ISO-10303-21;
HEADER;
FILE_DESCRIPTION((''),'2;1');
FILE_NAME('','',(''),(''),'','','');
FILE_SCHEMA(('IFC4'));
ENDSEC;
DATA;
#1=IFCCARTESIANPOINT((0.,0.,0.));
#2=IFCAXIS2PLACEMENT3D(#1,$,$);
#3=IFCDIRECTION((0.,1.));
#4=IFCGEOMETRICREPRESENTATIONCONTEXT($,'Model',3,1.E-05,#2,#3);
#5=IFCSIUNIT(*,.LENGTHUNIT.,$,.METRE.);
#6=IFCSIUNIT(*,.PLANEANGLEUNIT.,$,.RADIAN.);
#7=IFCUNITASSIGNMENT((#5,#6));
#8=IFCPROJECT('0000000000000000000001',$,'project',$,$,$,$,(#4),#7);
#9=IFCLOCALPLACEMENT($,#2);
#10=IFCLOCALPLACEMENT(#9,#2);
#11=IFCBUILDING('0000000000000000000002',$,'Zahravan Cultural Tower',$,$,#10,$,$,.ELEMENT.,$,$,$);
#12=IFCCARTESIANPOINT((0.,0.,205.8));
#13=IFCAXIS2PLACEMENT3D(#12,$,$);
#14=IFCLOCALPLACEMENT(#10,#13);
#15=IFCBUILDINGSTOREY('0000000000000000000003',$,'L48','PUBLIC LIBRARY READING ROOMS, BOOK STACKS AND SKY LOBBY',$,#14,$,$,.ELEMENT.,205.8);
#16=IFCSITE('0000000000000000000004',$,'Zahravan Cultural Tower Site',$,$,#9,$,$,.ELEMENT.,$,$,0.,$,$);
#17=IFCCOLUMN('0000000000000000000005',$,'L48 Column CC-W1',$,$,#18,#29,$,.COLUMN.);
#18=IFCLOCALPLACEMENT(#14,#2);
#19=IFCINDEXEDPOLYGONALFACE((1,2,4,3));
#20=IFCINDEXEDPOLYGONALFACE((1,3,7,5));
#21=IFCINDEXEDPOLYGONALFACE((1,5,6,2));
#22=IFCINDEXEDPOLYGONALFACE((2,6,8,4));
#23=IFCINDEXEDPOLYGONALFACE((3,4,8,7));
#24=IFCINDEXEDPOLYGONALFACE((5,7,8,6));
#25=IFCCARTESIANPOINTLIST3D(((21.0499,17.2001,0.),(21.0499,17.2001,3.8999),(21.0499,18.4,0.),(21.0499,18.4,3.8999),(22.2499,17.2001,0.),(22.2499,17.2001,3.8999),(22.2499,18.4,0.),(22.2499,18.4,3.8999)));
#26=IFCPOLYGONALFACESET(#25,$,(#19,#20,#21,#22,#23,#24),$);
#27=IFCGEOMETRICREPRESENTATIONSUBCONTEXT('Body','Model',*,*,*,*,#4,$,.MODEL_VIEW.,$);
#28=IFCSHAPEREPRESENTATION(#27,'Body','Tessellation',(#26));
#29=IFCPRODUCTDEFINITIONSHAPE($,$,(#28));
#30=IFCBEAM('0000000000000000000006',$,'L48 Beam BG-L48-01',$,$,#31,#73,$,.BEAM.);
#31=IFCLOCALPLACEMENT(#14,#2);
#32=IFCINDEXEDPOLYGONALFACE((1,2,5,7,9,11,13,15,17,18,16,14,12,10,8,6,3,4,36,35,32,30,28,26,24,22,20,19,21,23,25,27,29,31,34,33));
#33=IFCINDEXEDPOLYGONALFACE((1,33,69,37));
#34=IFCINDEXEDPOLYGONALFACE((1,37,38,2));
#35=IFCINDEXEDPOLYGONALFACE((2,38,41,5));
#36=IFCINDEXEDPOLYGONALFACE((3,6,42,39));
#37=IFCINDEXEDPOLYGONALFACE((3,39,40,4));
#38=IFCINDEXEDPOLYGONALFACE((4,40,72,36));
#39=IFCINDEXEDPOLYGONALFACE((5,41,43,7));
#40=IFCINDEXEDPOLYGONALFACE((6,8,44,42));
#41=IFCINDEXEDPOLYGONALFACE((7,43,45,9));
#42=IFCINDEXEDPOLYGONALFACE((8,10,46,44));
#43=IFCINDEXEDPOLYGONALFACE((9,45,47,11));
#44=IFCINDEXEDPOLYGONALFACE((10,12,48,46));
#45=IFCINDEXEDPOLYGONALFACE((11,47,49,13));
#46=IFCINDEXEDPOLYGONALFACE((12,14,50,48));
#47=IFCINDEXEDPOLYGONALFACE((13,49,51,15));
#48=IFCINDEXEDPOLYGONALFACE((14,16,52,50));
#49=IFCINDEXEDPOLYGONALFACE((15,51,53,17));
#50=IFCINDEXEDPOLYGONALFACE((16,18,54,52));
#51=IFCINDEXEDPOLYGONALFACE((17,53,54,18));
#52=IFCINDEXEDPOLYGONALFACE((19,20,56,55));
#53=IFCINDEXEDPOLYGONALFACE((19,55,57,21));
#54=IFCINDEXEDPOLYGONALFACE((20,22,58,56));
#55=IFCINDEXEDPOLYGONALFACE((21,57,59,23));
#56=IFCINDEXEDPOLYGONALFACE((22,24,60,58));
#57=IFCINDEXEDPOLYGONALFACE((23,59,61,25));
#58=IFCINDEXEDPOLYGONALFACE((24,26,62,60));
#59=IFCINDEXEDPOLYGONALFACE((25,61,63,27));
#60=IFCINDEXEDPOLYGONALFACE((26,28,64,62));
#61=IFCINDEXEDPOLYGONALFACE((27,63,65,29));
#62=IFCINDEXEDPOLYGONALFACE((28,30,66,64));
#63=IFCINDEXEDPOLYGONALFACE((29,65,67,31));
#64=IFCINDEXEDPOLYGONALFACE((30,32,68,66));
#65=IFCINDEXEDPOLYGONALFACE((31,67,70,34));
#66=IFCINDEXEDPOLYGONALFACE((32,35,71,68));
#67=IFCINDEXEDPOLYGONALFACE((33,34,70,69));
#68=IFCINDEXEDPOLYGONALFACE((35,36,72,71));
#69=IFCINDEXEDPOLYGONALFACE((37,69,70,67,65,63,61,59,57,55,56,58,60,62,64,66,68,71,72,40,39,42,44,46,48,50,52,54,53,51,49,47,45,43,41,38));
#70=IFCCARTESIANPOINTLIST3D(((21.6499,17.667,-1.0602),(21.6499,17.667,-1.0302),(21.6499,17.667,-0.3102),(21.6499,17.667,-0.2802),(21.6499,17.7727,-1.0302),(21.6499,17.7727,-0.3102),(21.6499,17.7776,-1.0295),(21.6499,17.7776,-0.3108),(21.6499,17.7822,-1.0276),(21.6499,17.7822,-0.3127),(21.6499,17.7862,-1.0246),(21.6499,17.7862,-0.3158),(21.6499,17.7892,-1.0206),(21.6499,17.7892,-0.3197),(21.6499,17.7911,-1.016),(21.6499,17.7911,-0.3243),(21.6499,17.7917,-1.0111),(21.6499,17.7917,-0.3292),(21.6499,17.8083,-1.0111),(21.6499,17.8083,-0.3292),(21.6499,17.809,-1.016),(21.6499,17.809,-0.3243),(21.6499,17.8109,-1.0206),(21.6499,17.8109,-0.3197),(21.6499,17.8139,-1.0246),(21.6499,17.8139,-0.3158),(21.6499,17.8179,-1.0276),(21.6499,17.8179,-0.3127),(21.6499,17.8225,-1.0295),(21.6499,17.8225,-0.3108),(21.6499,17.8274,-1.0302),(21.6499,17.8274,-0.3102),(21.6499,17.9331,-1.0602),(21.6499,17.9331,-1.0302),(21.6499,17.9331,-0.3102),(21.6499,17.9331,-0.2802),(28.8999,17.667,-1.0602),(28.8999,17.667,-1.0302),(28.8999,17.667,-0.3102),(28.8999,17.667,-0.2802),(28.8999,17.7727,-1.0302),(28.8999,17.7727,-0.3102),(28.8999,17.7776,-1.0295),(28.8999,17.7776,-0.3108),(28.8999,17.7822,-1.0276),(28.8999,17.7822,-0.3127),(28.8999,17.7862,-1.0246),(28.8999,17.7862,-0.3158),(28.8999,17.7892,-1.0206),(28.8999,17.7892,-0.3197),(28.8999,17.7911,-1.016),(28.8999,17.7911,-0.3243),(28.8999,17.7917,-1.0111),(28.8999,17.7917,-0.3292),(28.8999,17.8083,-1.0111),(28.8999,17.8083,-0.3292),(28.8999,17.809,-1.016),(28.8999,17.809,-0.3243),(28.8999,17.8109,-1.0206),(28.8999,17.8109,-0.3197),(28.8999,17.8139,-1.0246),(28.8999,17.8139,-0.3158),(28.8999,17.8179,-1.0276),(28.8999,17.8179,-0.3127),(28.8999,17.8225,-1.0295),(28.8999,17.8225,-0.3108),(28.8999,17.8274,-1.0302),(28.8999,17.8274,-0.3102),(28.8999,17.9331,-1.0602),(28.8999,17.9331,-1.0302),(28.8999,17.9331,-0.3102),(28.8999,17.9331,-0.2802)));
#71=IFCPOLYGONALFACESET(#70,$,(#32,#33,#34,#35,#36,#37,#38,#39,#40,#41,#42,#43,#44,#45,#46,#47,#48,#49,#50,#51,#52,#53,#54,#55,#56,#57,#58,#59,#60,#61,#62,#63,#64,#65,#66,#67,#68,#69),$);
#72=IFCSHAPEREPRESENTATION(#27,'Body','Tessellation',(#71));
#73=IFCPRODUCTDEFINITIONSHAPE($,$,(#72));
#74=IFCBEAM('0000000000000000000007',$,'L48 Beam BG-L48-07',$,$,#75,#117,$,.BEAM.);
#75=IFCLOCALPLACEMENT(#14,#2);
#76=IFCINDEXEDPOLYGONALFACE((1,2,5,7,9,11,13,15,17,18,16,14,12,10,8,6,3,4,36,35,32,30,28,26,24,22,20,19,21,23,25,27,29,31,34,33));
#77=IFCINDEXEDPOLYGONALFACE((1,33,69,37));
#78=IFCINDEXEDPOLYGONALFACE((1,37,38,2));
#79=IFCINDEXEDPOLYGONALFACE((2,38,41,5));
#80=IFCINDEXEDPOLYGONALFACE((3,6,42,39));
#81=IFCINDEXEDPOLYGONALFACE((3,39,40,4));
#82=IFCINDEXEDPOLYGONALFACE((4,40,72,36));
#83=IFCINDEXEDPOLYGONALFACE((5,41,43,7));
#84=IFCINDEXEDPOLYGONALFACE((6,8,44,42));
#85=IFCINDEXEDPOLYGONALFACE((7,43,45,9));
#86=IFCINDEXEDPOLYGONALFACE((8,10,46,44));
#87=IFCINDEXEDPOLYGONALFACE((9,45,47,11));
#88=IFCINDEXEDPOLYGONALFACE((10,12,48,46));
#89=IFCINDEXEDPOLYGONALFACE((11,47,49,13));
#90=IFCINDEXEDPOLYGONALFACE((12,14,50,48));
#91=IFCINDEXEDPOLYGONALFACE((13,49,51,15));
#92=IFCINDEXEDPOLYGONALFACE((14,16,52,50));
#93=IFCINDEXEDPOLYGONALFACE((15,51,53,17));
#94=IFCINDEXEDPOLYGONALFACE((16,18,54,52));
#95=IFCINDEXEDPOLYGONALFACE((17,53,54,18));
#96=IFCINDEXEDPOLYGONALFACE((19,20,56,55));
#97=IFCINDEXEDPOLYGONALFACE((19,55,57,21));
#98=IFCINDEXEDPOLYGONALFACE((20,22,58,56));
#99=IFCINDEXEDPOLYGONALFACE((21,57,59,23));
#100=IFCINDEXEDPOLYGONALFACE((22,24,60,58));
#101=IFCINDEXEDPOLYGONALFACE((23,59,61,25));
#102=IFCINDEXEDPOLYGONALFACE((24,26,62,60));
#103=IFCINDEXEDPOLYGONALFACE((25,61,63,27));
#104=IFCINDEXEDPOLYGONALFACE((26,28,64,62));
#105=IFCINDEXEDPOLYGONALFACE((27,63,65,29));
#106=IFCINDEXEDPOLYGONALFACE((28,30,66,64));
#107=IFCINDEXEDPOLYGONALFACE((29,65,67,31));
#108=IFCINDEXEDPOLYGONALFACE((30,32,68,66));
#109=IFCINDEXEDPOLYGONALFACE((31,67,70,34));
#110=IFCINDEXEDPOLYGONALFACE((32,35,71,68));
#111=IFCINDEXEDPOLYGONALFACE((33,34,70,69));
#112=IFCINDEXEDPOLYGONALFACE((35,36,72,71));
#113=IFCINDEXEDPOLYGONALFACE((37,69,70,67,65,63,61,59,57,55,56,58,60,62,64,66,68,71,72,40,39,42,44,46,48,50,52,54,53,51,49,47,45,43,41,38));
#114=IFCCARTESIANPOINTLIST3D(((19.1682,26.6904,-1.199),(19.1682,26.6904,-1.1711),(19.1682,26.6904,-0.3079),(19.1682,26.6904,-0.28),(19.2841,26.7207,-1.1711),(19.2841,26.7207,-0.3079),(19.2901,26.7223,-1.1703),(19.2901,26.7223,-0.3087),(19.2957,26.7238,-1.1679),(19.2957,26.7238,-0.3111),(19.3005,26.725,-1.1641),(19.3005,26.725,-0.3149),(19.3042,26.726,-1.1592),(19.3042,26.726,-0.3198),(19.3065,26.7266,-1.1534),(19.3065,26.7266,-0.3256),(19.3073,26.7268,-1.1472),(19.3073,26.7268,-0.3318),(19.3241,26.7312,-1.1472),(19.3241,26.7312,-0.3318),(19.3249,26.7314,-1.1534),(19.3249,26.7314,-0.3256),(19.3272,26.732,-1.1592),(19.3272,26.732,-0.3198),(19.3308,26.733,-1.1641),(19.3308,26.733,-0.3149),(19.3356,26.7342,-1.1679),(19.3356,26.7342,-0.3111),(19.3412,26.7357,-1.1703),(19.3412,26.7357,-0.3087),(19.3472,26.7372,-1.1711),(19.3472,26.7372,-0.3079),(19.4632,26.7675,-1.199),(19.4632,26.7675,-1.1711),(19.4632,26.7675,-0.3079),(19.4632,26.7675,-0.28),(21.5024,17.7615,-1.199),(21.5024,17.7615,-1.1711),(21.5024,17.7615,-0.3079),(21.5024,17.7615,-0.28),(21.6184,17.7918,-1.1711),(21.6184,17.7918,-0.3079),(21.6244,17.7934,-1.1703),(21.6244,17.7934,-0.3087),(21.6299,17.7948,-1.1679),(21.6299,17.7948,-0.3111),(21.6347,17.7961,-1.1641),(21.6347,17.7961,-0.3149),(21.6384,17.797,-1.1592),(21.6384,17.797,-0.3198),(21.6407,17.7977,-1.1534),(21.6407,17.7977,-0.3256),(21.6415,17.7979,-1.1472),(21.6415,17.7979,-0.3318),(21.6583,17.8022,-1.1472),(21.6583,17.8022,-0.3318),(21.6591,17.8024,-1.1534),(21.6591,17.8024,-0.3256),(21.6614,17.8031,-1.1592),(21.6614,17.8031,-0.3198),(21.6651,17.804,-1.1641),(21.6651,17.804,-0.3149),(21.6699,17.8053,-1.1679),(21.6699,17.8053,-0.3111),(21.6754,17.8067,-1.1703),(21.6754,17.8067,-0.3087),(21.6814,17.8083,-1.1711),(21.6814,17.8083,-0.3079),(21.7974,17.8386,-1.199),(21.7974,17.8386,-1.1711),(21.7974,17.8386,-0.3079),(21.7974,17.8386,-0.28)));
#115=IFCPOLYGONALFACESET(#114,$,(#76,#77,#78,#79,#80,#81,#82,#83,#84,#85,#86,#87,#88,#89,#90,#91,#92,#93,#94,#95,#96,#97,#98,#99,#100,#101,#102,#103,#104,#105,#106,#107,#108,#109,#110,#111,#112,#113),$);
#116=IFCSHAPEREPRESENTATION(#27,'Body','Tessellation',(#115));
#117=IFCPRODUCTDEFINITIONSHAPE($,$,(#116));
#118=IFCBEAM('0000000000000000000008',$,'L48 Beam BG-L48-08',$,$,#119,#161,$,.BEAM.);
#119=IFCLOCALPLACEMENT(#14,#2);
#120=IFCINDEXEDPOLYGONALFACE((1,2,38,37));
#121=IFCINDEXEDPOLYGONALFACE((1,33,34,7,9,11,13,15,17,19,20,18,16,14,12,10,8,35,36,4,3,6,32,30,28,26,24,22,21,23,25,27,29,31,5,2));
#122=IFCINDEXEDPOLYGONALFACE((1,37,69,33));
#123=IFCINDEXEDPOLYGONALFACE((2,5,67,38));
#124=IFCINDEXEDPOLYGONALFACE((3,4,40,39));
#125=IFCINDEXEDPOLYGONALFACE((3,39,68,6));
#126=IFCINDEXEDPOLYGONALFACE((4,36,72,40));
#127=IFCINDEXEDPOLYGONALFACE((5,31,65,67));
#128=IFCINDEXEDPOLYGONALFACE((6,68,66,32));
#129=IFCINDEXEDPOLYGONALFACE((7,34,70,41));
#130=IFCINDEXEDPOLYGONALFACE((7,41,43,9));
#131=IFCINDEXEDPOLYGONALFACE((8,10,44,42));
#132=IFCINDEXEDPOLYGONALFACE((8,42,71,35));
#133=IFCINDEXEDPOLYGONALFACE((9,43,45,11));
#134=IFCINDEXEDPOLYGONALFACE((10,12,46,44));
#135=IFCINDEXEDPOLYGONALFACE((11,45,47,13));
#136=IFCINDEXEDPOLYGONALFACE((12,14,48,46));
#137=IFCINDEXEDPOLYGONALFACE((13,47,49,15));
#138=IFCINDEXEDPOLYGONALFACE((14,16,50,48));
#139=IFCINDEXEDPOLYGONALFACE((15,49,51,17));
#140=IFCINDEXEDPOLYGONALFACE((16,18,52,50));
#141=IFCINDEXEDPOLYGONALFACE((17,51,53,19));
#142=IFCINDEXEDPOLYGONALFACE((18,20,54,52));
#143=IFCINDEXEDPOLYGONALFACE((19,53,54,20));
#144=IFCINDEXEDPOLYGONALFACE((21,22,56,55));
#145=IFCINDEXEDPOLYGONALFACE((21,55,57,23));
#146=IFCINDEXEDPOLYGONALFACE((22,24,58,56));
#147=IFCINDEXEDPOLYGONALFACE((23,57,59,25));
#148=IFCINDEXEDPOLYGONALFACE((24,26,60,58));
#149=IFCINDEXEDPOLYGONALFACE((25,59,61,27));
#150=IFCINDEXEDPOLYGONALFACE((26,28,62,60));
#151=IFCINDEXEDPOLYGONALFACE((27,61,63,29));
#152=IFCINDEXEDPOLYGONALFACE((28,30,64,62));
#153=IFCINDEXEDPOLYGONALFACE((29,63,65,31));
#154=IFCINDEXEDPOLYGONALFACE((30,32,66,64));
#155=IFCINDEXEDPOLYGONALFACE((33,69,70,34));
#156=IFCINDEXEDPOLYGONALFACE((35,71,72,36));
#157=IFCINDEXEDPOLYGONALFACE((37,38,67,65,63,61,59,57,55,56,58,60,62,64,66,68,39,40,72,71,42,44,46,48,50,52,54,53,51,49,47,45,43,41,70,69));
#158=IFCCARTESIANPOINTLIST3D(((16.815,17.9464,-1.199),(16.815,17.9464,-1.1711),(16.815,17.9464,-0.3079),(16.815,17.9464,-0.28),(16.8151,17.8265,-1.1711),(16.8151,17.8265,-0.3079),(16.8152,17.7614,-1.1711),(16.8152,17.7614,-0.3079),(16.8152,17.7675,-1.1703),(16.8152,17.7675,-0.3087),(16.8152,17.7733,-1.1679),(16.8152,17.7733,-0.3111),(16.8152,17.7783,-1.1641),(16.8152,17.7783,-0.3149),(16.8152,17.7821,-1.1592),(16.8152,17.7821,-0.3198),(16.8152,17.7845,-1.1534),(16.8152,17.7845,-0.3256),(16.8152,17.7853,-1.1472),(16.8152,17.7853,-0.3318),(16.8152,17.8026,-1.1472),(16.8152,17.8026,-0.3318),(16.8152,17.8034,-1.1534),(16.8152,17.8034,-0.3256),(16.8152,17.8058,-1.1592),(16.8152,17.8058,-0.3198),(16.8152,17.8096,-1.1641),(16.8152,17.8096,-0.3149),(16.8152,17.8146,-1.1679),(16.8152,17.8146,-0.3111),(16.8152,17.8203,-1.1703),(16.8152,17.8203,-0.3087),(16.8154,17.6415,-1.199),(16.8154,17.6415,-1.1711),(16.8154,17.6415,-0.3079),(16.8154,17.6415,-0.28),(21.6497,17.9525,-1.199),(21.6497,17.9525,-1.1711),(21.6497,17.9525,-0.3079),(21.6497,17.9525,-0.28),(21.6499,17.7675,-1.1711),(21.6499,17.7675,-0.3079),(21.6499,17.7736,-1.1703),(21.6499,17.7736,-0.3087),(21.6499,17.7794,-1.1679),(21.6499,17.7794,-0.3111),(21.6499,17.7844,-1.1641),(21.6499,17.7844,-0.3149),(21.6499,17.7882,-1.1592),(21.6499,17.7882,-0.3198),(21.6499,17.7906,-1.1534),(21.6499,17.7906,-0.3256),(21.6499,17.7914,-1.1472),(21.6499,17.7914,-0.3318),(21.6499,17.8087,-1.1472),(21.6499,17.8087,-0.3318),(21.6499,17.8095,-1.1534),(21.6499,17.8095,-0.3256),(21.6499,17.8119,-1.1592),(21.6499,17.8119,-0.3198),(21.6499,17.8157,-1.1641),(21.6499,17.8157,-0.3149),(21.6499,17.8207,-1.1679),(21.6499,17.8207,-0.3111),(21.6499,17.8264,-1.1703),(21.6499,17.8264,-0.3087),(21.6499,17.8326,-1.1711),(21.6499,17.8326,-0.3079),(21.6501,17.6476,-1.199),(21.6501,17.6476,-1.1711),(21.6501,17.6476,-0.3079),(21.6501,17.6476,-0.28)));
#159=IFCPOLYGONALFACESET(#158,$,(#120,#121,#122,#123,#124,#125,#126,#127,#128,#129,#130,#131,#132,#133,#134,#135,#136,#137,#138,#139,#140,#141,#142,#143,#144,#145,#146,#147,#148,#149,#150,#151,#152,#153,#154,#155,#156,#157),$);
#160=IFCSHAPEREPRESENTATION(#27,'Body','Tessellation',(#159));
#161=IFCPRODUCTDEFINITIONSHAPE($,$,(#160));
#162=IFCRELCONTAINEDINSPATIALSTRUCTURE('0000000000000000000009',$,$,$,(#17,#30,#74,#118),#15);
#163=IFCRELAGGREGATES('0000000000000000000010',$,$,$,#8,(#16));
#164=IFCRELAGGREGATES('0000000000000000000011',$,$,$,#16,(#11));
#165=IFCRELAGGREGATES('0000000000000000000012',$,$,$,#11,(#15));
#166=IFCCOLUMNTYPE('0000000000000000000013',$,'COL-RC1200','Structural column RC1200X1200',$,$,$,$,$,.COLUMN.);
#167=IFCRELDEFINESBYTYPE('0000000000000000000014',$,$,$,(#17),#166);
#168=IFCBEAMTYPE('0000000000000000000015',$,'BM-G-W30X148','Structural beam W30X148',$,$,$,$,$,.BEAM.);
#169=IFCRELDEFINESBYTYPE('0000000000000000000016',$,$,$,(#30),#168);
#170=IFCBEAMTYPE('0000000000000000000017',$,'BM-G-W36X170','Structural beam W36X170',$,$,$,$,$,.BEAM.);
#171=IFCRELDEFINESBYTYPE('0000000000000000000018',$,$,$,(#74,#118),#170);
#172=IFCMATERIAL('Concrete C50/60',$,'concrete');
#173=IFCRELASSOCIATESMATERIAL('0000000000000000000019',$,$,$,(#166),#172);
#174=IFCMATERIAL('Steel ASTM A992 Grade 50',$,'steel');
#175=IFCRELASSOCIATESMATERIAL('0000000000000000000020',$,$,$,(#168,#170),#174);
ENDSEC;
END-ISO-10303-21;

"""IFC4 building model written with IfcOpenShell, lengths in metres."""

from ifc_helpers import new_model, si_unit, direction, frame, origin, origin_2d, place, context, subcontext, project, spatial, rectangle, i_section, extrude, source, transform, mapped, material, material_profile, profile_set, type_object, element, save


model = new_model("IFC4")

# Units and contexts
model_context = context("Model", 3, precision=1e-05, world=origin(), true_north=direction((0.0, 1.0)))
body_context = subcontext(model_context, "Body", "Model", "MODEL_VIEW")
ifc_project = project(units=[si_unit("LENGTHUNIT", "METRE"), si_unit("PLANEANGLEUNIT", "RADIAN")], contexts=[model_context])

# Site, building, storey
site_placement = place(None, origin())
site = spatial("IfcSite", under=ifc_project, at=site_placement, Name="Zahravan Cultural Tower Site", CompositionType="ELEMENT", RefElevation=0.0)
building_placement = place(site_placement, origin())
building = spatial("IfcBuilding", under=site, at=building_placement, Name="Zahravan Cultural Tower", CompositionType="ELEMENT")
storey_placement = place(building_placement, frame((0.0, 0.0, 205.8)))
storey = spatial("IfcBuildingStorey", under=building, at=storey_placement, Name="L48", Description="PUBLIC LIBRARY READING ROOMS, BOOK STACKS AND SKY LOBBY", CompositionType="ELEMENT", Elevation=205.8)

# Column
ifc_material_1 = material(Name="Concrete C50/60", Category="concrete")
ifc_material_profile_1 = material_profile(ifc_material_1, rectangle(XDim=1.2, YDim=1.2, at=origin_2d()), Name="RC1200X1200")
ifc_profile_set_1 = profile_set([ifc_material_profile_1], Name="Concrete C50/60")
column_type = type_object("IfcColumnType", Name="COL-RC1200", Description="Structural column RC1200X1200", PredefinedType="COLUMN", material=ifc_profile_set_1)
shared_shape_1 = source(origin(), body_context, "Body", "SweptSolid", [
    extrude(rectangle(XDim=1.2, YDim=1.2, at=origin_2d()), origin(), (0.0, 0.0, 1.0), 3.8999),
])
column_placement = place(storey_placement, frame((21.6499, 17.8, 0.0), z_axis=(0.0, 0.0, 1.0), x_axis=(1.0, 0.0, 0.0)))
element("IfcColumn", 1, at=column_placement, inside=storey, type_object=column_type, Name="L48 Column CC-W1", PredefinedType="COLUMN", context=body_context, shape_type="MappedRepresentation", body=[
    mapped(shared_shape_1, transform((0.0, 0.0, 0.0), x_axis=(1.0, 0.0, 0.0), y_axis=(0.0, 1.0, 0.0), z_axis=(0.0, 0.0, 1.0), scale=1.0)),
])

# Beams
ifc_material_2 = material(Name="Steel ASTM A992 Grade 50", Category="steel")
ifc_material_profile_2 = material_profile(ifc_material_2, i_section(OverallWidth=0.2661, OverallDepth=0.78, WebThickness=0.0166, FlangeThickness=0.03, FilletRadius=0.019, at=origin_2d()), Name="W30X148")
ifc_profile_set_2 = profile_set([ifc_material_profile_2], Name="Steel ASTM A992 Grade 50")
beam_type_1 = type_object("IfcBeamType", Name="BM-G-W30X148", Description="Structural beam W30X148", PredefinedType="BEAM", material=ifc_profile_set_2)
shared_shape_2 = source(origin(), body_context, "Body", "SweptSolid", [
    extrude(i_section(OverallWidth=0.2661, OverallDepth=0.78, WebThickness=0.0166, FlangeThickness=0.03, FilletRadius=0.019, at=origin_2d()), origin(), (0.0, 0.0, 1.0), 7.25),
])
beam_1_placement = place(storey_placement, frame((21.6499, 17.8, -0.6702), z_axis=(1.0, 0.0, 0.0), x_axis=(0.0, 1.0, 0.0)))
element("IfcBeam", 2, at=beam_1_placement, inside=storey, type_object=beam_type_1, Name="L48 Beam BG-L48-01", PredefinedType="BEAM", context=body_context, shape_type="MappedRepresentation", body=[
    mapped(shared_shape_2, transform((0.0, 0.0, 0.0), x_axis=(1.0, 0.0, 0.0), y_axis=(0.0, 1.0, 0.0), z_axis=(0.0, 0.0, 1.0), scale=1.0)),
])
ifc_material_profile_3 = material_profile(ifc_material_2, i_section(OverallWidth=0.3049, OverallDepth=0.9189, WebThickness=0.0173, FlangeThickness=0.0278, FilletRadius=0.0239, at=origin_2d()), Name="W36X170")
ifc_profile_set_3 = profile_set([ifc_material_profile_3], Name="Steel ASTM A992 Grade 50")
beam_type_2 = type_object("IfcBeamType", Name="BM-G-W36X170", Description="Structural beam W36X170", PredefinedType="BEAM", material=ifc_profile_set_3)
shared_shape_3 = source(origin(), body_context, "Body", "SweptSolid", [
    extrude(i_section(OverallWidth=0.3049, OverallDepth=0.9189, WebThickness=0.0173, FlangeThickness=0.0278, FilletRadius=0.0239, at=origin_2d()), origin(), (0.0, 0.0, 1.0), 9.229),
])
beam_2_placement = place(storey_placement, frame((21.6499, 17.8, -0.7395), z_axis=(-0.252923, 0.967487, 0.0), x_axis=(-0.967487, -0.252923, 0.0)))
element("IfcBeam", 3, at=beam_2_placement, inside=storey, type_object=beam_type_2, Name="L48 Beam BG-L48-07", PredefinedType="BEAM", context=body_context, shape_type="MappedRepresentation", body=[
    mapped(shared_shape_3, transform((0.0, 0.0, 0.0), x_axis=(1.0, 0.0, 0.0), y_axis=(0.0, 1.0, 0.0), z_axis=(0.0, 0.0, 1.0), scale=1.0)),
])
shared_shape_4 = source(origin(), body_context, "Body", "SweptSolid", [
    extrude(i_section(OverallWidth=0.3049, OverallDepth=0.9189, WebThickness=0.0173, FlangeThickness=0.0278, FilletRadius=0.0239, at=origin_2d()), origin(), (0.0, 0.0, 1.0), 4.8347),
])
beam_3_placement = place(storey_placement, frame((21.6499, 17.8, -0.7395), z_axis=(-0.999999, -0.001262, 0.0), x_axis=(0.001262, -0.999999, 0.0)))
element("IfcBeam", 4, at=beam_3_placement, inside=storey, type_object=beam_type_2, Name="L48 Beam BG-L48-08", PredefinedType="BEAM", context=body_context, shape_type="MappedRepresentation", body=[
    mapped(shared_shape_4, transform((0.0, 0.0, 0.0), x_axis=(1.0, 0.0, 0.0), y_axis=(0.0, 1.0, 0.0), z_axis=(0.0, 0.0, 1.0), scale=1.0)),
])

save(model, "model.ifc")
